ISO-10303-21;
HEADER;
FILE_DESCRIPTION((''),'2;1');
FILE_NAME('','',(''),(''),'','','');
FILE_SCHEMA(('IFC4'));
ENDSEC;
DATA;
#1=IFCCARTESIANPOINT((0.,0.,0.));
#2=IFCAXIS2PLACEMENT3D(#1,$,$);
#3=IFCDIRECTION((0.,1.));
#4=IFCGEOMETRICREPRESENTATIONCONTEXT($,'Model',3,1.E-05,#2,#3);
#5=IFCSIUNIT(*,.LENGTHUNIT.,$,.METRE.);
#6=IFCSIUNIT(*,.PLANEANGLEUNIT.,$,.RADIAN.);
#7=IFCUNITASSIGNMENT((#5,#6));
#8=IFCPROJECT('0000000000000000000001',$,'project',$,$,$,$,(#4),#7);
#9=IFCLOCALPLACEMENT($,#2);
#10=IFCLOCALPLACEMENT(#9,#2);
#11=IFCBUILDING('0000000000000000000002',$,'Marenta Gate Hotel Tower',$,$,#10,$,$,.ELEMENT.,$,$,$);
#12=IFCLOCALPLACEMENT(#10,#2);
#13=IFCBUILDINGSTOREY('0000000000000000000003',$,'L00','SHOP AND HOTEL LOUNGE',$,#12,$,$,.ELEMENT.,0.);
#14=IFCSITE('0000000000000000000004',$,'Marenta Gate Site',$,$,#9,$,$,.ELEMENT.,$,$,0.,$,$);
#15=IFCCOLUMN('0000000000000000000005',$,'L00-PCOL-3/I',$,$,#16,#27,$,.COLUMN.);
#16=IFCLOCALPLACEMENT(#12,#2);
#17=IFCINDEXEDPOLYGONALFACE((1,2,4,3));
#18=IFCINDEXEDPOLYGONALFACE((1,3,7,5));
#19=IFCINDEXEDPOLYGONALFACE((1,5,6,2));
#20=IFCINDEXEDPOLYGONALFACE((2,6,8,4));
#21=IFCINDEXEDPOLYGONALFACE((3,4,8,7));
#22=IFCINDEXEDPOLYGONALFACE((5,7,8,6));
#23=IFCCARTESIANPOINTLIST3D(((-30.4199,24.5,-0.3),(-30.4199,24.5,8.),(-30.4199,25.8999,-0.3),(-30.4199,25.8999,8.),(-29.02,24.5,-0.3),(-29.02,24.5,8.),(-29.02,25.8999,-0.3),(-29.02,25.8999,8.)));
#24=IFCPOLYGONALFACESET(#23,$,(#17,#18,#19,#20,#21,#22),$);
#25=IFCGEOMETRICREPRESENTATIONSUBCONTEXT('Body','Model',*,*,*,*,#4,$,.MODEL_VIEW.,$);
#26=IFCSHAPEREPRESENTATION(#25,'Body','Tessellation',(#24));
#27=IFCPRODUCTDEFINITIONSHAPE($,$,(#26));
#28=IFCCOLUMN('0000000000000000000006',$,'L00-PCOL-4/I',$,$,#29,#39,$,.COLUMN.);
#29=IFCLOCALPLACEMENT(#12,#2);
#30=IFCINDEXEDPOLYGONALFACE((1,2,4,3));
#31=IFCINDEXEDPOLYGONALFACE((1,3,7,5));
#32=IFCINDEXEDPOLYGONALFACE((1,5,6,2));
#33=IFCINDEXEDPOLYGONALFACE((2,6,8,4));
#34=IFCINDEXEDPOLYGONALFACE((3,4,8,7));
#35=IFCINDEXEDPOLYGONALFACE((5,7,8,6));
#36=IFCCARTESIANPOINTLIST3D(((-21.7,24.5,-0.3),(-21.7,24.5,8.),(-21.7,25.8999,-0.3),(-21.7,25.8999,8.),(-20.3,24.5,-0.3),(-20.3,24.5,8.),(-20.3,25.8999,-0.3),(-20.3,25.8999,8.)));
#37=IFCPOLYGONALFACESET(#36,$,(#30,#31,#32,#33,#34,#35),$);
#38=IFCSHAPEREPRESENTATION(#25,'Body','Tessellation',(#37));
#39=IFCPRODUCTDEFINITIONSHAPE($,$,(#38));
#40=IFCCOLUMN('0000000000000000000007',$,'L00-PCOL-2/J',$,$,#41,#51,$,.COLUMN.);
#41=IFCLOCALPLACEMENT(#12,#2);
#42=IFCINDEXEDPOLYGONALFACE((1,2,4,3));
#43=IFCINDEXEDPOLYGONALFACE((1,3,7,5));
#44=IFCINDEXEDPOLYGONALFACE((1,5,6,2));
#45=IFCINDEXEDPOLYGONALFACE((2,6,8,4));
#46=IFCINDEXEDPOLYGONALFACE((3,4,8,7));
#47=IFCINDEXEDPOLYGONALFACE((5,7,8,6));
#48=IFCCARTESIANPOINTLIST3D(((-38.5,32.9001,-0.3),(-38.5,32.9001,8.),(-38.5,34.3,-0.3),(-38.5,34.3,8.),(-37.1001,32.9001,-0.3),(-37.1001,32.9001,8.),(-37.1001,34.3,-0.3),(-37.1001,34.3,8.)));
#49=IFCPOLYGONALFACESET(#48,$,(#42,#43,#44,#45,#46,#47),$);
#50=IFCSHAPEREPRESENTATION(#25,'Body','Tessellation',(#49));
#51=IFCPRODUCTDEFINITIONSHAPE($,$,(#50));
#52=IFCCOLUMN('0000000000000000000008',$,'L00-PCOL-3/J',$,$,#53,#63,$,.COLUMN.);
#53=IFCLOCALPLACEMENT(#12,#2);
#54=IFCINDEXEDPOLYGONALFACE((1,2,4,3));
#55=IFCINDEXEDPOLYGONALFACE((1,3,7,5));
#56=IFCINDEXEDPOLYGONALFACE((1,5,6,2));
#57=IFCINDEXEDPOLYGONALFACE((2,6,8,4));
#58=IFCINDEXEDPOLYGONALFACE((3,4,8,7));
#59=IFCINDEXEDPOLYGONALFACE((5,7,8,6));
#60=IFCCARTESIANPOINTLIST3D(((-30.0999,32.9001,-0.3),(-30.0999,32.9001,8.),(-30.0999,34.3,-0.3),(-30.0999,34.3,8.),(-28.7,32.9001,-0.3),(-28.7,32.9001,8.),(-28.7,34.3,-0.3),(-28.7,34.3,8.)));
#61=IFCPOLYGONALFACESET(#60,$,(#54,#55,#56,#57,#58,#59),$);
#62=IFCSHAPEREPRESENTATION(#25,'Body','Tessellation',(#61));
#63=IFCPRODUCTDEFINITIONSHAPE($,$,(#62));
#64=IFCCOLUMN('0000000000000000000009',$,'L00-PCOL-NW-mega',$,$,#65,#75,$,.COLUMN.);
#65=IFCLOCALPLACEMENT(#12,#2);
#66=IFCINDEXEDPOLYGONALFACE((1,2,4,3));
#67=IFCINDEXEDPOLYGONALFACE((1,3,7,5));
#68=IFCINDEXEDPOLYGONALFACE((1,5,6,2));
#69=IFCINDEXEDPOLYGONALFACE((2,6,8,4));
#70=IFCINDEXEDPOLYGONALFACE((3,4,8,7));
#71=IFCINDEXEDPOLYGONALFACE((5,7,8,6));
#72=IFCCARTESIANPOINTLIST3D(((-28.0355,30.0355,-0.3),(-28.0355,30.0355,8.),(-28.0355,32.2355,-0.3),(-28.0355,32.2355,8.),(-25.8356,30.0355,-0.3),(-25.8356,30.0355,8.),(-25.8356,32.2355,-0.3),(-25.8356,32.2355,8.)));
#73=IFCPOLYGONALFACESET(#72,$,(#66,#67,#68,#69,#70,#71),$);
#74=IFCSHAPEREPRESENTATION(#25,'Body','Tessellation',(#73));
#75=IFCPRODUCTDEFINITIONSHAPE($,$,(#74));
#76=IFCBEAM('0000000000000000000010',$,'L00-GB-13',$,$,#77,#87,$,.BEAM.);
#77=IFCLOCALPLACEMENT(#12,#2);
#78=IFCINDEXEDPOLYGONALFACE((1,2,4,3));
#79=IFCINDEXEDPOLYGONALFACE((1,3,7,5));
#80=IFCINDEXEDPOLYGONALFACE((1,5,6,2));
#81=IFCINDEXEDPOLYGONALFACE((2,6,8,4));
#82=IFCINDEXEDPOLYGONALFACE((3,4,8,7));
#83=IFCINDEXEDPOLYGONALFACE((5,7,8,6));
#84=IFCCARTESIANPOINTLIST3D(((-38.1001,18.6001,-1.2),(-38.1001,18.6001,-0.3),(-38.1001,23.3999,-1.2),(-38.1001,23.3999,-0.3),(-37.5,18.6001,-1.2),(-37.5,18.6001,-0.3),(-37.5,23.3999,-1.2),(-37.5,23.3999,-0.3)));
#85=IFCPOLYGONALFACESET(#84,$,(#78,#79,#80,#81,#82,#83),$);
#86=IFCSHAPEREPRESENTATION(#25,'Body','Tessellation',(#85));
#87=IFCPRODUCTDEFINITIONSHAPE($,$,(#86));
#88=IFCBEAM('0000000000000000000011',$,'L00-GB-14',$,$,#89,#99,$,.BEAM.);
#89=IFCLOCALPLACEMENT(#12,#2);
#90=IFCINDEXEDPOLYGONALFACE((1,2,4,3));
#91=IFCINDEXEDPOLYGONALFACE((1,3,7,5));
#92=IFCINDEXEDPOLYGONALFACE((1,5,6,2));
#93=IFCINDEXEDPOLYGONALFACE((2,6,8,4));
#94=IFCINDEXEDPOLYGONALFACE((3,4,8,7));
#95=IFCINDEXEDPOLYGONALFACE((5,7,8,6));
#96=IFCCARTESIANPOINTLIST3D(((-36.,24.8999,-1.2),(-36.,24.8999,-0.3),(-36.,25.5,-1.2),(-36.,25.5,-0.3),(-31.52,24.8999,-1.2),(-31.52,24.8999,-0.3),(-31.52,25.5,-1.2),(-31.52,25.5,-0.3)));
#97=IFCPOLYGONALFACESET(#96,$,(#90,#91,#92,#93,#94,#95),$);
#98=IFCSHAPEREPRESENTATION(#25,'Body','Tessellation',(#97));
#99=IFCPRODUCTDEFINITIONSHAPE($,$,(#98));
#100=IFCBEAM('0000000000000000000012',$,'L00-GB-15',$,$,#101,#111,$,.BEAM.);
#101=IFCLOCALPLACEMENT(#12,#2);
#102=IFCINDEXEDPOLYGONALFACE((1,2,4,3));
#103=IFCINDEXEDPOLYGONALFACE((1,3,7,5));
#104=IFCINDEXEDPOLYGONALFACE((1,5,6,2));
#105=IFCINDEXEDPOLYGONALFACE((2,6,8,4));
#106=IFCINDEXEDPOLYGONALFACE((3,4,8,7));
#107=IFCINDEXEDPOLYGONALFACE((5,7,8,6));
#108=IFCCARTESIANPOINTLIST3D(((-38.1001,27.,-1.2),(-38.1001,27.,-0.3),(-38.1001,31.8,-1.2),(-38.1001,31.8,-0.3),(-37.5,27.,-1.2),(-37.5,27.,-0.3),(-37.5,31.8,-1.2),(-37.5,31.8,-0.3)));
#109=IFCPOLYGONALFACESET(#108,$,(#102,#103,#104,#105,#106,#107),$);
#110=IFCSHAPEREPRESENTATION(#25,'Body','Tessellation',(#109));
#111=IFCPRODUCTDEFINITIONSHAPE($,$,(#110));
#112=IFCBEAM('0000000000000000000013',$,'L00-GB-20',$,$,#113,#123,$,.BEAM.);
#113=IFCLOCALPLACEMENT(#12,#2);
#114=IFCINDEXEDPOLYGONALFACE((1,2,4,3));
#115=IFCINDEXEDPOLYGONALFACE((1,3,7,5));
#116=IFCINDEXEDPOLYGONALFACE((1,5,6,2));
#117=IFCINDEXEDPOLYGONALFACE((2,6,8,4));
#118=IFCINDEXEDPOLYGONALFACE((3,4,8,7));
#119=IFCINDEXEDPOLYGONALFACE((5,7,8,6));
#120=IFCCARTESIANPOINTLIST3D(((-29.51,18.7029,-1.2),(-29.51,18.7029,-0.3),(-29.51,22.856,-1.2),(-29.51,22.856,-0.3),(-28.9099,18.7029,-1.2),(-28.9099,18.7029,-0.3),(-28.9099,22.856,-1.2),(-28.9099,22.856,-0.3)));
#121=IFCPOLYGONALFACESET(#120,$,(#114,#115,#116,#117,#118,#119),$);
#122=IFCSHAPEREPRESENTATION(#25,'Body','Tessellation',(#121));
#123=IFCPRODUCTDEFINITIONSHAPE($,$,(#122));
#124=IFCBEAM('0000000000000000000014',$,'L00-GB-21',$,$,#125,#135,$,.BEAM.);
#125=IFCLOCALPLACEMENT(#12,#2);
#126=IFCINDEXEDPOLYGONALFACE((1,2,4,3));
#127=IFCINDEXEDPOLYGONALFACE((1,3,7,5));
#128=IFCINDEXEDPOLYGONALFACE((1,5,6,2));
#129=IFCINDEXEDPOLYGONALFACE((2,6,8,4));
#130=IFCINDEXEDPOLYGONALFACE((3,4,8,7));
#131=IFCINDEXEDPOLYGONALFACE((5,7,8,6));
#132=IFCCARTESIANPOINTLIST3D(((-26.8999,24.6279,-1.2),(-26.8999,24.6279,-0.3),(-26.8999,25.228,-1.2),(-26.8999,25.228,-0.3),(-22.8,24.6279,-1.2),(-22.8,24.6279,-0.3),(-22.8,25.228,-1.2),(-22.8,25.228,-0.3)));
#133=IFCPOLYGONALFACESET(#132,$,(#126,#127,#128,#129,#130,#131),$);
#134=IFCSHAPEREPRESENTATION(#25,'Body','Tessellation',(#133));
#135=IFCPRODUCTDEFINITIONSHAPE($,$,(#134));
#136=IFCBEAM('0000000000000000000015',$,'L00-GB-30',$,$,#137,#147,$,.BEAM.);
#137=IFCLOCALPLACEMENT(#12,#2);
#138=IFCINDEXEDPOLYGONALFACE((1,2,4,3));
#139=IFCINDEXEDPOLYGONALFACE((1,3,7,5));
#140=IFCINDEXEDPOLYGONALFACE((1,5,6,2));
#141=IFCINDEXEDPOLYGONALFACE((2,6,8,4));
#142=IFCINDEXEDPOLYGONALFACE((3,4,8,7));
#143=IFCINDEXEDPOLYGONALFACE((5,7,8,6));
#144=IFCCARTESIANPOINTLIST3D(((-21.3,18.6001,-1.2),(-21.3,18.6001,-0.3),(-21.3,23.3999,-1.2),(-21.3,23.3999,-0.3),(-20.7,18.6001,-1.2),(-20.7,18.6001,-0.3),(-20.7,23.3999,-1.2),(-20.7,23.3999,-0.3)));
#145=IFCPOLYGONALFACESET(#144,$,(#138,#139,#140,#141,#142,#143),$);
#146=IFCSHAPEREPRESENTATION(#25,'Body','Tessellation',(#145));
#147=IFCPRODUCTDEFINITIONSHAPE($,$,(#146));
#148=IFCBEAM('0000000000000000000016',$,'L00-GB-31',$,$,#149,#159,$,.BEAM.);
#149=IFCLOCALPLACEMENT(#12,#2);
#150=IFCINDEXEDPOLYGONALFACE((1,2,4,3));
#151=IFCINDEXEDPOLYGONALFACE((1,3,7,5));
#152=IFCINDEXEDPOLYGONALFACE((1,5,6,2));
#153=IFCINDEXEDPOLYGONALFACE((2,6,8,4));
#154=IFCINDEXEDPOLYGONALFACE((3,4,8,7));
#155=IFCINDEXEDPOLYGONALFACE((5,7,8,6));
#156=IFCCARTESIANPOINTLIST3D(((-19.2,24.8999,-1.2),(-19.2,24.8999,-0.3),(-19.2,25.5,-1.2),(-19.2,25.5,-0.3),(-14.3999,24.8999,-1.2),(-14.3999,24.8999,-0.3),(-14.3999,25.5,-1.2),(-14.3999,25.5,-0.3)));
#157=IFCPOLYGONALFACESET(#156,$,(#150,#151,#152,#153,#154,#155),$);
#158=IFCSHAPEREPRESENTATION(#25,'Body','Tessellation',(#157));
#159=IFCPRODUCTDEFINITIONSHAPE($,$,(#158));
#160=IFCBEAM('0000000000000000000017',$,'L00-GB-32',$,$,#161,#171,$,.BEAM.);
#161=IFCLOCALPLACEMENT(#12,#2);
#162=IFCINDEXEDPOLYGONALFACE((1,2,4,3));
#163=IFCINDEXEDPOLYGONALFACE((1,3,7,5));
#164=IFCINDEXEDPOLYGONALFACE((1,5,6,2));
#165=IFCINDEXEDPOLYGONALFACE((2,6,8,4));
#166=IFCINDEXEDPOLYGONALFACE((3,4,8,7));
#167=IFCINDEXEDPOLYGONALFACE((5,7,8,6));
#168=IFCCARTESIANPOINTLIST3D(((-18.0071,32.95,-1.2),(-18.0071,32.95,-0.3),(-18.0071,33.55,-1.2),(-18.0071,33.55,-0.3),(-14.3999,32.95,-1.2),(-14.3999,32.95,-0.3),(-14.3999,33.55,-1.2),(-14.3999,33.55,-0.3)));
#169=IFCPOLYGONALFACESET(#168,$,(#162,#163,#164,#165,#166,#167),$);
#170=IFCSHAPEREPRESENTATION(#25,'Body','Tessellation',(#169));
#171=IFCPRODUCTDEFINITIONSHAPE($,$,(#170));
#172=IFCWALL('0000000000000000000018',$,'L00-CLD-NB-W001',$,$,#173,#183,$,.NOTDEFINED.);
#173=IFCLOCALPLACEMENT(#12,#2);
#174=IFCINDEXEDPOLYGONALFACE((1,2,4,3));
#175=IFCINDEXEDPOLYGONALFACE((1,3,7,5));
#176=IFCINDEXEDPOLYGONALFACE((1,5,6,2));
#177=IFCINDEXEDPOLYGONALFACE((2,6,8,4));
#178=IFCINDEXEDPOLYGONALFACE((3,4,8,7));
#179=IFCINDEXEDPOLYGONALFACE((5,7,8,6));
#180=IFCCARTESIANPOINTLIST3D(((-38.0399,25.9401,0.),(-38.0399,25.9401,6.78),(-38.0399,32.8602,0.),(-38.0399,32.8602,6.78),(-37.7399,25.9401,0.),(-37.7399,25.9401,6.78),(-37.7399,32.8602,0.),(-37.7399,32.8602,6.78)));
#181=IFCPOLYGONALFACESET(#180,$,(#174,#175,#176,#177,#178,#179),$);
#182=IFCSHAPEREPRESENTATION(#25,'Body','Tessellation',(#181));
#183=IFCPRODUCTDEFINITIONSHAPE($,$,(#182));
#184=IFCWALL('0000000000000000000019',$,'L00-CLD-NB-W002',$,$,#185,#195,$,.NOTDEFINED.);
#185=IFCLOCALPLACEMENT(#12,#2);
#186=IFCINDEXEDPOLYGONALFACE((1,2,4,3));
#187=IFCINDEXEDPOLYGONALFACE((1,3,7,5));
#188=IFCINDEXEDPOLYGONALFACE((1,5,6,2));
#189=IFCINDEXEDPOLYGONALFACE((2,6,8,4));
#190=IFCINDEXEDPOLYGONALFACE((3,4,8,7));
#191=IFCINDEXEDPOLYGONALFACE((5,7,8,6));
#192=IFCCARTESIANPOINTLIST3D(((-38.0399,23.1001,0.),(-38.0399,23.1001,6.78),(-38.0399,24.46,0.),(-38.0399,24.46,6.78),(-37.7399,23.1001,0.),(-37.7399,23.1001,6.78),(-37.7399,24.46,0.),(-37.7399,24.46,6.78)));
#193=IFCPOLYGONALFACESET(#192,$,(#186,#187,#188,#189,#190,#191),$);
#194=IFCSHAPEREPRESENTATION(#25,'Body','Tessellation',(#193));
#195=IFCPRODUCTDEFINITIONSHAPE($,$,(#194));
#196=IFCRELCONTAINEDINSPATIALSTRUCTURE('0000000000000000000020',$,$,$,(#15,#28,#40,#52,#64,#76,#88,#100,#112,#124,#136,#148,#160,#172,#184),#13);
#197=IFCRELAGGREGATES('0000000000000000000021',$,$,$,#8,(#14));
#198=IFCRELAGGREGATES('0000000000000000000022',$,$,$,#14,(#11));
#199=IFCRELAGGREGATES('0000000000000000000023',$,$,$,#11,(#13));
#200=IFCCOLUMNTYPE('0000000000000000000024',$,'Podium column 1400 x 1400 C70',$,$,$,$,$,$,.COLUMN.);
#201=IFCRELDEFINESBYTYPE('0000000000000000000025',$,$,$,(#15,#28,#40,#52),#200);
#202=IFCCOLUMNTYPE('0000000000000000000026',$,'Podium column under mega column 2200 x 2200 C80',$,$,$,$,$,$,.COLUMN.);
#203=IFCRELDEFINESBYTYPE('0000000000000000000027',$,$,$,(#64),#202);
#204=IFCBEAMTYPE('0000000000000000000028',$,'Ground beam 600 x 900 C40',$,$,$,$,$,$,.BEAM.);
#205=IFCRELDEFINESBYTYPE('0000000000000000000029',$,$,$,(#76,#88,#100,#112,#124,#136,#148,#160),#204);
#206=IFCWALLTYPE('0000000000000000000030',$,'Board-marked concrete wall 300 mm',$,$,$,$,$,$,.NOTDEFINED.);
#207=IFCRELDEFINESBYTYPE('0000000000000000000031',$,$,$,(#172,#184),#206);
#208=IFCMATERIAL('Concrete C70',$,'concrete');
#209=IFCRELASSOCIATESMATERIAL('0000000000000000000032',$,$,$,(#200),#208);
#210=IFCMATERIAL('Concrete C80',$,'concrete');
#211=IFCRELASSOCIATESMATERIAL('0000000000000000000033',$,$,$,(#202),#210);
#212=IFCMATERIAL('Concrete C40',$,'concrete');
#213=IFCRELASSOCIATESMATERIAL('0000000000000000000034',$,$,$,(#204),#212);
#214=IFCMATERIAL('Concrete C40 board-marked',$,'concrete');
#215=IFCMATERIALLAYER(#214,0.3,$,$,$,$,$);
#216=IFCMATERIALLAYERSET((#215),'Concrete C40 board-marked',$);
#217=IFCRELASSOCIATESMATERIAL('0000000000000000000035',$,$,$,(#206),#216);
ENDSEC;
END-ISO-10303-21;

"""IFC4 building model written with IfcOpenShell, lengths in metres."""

from ifc_helpers import new_model, si_unit, direction, frame, frame_2d, origin, origin_2d, place, context, subcontext, project, spatial, rectangle, extrude, material, layer, layer_set, material_profile, profile_set, type_object, element, save


model = new_model("IFC4")

# Units and contexts
model_context = context("Model", 3, precision=1e-05, world=origin(), true_north=direction((0.0, 1.0)))
body_context = subcontext(model_context, "Body", "Model", "MODEL_VIEW")
ifc_project = project(units=[si_unit("LENGTHUNIT", "METRE"), si_unit("PLANEANGLEUNIT", "RADIAN")], contexts=[model_context])

# Site, building, storey
site_placement = place(None, origin())
site = spatial("IfcSite", under=ifc_project, at=site_placement, Name="Marenta Gate Site", CompositionType="ELEMENT", RefElevation=0.0)
building_placement = place(site_placement, origin())
building = spatial("IfcBuilding", under=site, at=building_placement, Name="Marenta Gate Hotel Tower", CompositionType="ELEMENT")
storey_placement = place(building_placement, origin())
storey = spatial("IfcBuildingStorey", under=building, at=storey_placement, Name="L00", Description="SHOP AND HOTEL LOUNGE", CompositionType="ELEMENT", Elevation=0.0)

# Columns
ifc_material_1 = material(Name="Concrete C70", Category="concrete")
ifc_material_profile_1 = material_profile(ifc_material_1, rectangle(XDim=1.3999, YDim=1.3999, at=origin_2d()), Name="1400 x 1400")
ifc_profile_set_1 = profile_set([ifc_material_profile_1], Name="Concrete C70")
column_type_1 = type_object("IfcColumnType", Name="Podium column 1400 x 1400 C70", PredefinedType="COLUMN", material=ifc_profile_set_1)
for number, where, z_axis, x_axis, name in (
    (1, (-29.72, 25.2, -0.3), (0.0, 0.0, 1.0), (1.0, 0.0, 0.0), "L00-PCOL-3/I"),
    (2, (-21.0, 25.2, -0.3), (0.0, 0.0, 1.0), (1.0, 0.0, 0.0), "L00-PCOL-4/I"),
    (3, (-37.8, 33.6001, -0.3), (0.0, 0.0, 1.0), (1.0, 0.0, 0.0), "L00-PCOL-2/J"),
    (4, (-29.3999, 33.6001, -0.3), (0.0, 0.0, 1.0), (1.0, 0.0, 0.0), "L00-PCOL-3/J"),
):
    element("IfcColumn", number, at=place(storey_placement, frame(where, z_axis=z_axis, x_axis=x_axis)), inside=storey, type_object=column_type_1, Name=name, PredefinedType="COLUMN", context=body_context, shape_type="SweptSolid", body=[
        extrude(rectangle(XDim=1.3999, YDim=1.3999, at=origin_2d()), origin(), (0.0, 0.0, 1.0), 8.3),
    ])
ifc_material_2 = material(Name="Concrete C80", Category="concrete")
ifc_material_profile_2 = material_profile(ifc_material_2, rectangle(XDim=2.2, YDim=2.2, at=origin_2d()), Name="2200 x 2200")
ifc_profile_set_2 = profile_set([ifc_material_profile_2], Name="Concrete C80")
column_type_2 = type_object("IfcColumnType", Name="Podium column under mega column 2200 x 2200 C80", PredefinedType="COLUMN", material=ifc_profile_set_2)
column_placement = place(storey_placement, frame((-26.9355, 31.1355, -0.3), z_axis=(0.0, 0.0, 1.0), x_axis=(1.0, 0.0, 0.0)))
element("IfcColumn", 5, at=column_placement, inside=storey, type_object=column_type_2, Name="L00-PCOL-NW-mega", PredefinedType="COLUMN", context=body_context, shape_type="SweptSolid", body=[
    extrude(rectangle(XDim=2.2, YDim=2.2, at=origin_2d()), origin(), (0.0, 0.0, 1.0), 8.3),
])

# Beams
ifc_material_3 = material(Name="Concrete C40", Category="concrete")
ifc_material_profile_3 = material_profile(ifc_material_3, rectangle(XDim=0.6001, YDim=0.8999, at=origin_2d()), Name="600 x 900")
ifc_profile_set_3 = profile_set([ifc_material_profile_3], Name="Concrete C40")
beam_type = type_object("IfcBeamType", Name="Ground beam 600 x 900 C40", PredefinedType="BEAM", material=ifc_profile_set_3)
beam_1_placement = place(storey_placement, frame((-37.8, 18.6001, -0.75), z_axis=(0.0, 1.0, 0.0), x_axis=(-1.0, 0.0, 0.0)))
element("IfcBeam", 6, at=beam_1_placement, inside=storey, type_object=beam_type, Name="L00-GB-13", PredefinedType="BEAM", context=body_context, shape_type="SweptSolid", body=[
    extrude(rectangle(XDim=0.6001, YDim=0.8999, at=origin_2d()), origin(), (0.0, 0.0, 1.0), 4.7998),
])
beam_2_placement = place(storey_placement, frame((-36.0, 25.2, -0.75), z_axis=(1.0, 0.0, 0.0), x_axis=(0.0, 1.0, 0.0)))
element("IfcBeam", 7, at=beam_2_placement, inside=storey, type_object=beam_type, Name="L00-GB-14", PredefinedType="BEAM", context=body_context, shape_type="SweptSolid", body=[
    extrude(rectangle(XDim=0.6001, YDim=0.8999, at=origin_2d()), origin(), (0.0, 0.0, 1.0), 4.48),
])
beam_3_placement = place(storey_placement, frame((-37.8, 27.0, -0.75), z_axis=(0.0, 1.0, 0.0), x_axis=(-1.0, 0.0, 0.0)))
element("IfcBeam", 8, at=beam_3_placement, inside=storey, type_object=beam_type, Name="L00-GB-15", PredefinedType="BEAM", context=body_context, shape_type="SweptSolid", body=[
    extrude(rectangle(XDim=0.6001, YDim=0.8999, at=origin_2d()), origin(), (0.0, 0.0, 1.0), 4.8),
])
beam_4_placement = place(storey_placement, frame((-29.21, 18.7029, -0.75), z_axis=(0.0, 1.0, 0.0), x_axis=(-1.0, 0.0, 0.0)))
element("IfcBeam", 9, at=beam_4_placement, inside=storey, type_object=beam_type, Name="L00-GB-20", PredefinedType="BEAM", context=body_context, shape_type="SweptSolid", body=[
    extrude(rectangle(XDim=0.6001, YDim=0.8999, at=origin_2d()), origin(), (0.0, 0.0, 1.0), 4.1531),
])
beam_5_placement = place(storey_placement, frame((-26.8999, 24.928, -0.75), z_axis=(1.0, 0.0, 0.0), x_axis=(0.0, 1.0, 0.0)))
element("IfcBeam", 10, at=beam_5_placement, inside=storey, type_object=beam_type, Name="L00-GB-21", PredefinedType="BEAM", context=body_context, shape_type="SweptSolid", body=[
    extrude(rectangle(XDim=0.6001, YDim=0.8999, at=origin_2d()), origin(), (0.0, 0.0, 1.0), 4.0999),
])
beam_6_placement = place(storey_placement, frame((-21.0, 18.6001, -0.75), z_axis=(0.0, 1.0, 0.0), x_axis=(-1.0, 0.0, 0.0)))
element("IfcBeam", 11, at=beam_6_placement, inside=storey, type_object=beam_type, Name="L00-GB-30", PredefinedType="BEAM", context=body_context, shape_type="SweptSolid", body=[
    extrude(rectangle(XDim=0.6001, YDim=0.8999, at=origin_2d()), origin(), (0.0, 0.0, 1.0), 4.7998),
])
beam_7_placement = place(storey_placement, frame((-19.2, 25.2, -0.75), z_axis=(1.0, 0.0, 0.0), x_axis=(0.0, 1.0, 0.0)))
element("IfcBeam", 12, at=beam_7_placement, inside=storey, type_object=beam_type, Name="L00-GB-31", PredefinedType="BEAM", context=body_context, shape_type="SweptSolid", body=[
    extrude(rectangle(XDim=0.6001, YDim=0.8999, at=origin_2d()), origin(), (0.0, 0.0, 1.0), 4.8),
])
beam_8_placement = place(storey_placement, frame((-18.0071, 33.25, -0.75), z_axis=(1.0, 0.0, 0.0), x_axis=(0.0, 1.0, 0.0)))
element("IfcBeam", 13, at=beam_8_placement, inside=storey, type_object=beam_type, Name="L00-GB-32", PredefinedType="BEAM", context=body_context, shape_type="SweptSolid", body=[
    extrude(rectangle(XDim=0.6001, YDim=0.8999, at=origin_2d()), origin(), (0.0, 0.0, 1.0), 3.6072),
])

# Walls
ifc_material_4 = material(Name="Concrete C40 board-marked", Category="concrete")
ifc_layer_1 = layer(ifc_material_4, 0.3)
ifc_layer_set_1 = layer_set([ifc_layer_1], Name="Concrete C40 board-marked")
wall_type_1 = type_object("IfcWallType", Name="Board-marked concrete wall 300 mm", PredefinedType="NOTDEFINED", material=ifc_layer_set_1)
wall_1_placement = place(storey_placement, frame((-37.8899, 32.8601, 0.0), z_axis=(0.0, 0.0, 1.0), x_axis=(0.0, -1.0, 0.0)))
element("IfcWall", 14, at=wall_1_placement, inside=storey, type_object=wall_type_1, Name="L00-CLD-NB-W001", PredefinedType="NOTDEFINED", context=body_context, shape_type="SweptSolid", body=[
    extrude(rectangle(XDim=6.9202, YDim=0.3, at=frame_2d((3.46, 0.0))), origin(), (0.0, 0.0, 1.0), 6.78),
])
for number, where, z_axis, x_axis, name in (
    (15, (-37.8899, 24.46, 0.0), (0.0, 0.0, 1.0), (0.0, -1.0, 0.0), "L00-CLD-NB-W002"),
):
    element("IfcWall", number, at=place(storey_placement, frame(where, z_axis=z_axis, x_axis=x_axis)), inside=storey, type_object=wall_type_1, Name=name, PredefinedType="NOTDEFINED", context=body_context, shape_type="SweptSolid", body=[
        extrude(rectangle(XDim=1.3599, YDim=0.3, at=frame_2d((0.6799, 0.0))), origin(), (0.0, 0.0, 1.0), 6.78),
    ])

save(model, "model.ifc")
